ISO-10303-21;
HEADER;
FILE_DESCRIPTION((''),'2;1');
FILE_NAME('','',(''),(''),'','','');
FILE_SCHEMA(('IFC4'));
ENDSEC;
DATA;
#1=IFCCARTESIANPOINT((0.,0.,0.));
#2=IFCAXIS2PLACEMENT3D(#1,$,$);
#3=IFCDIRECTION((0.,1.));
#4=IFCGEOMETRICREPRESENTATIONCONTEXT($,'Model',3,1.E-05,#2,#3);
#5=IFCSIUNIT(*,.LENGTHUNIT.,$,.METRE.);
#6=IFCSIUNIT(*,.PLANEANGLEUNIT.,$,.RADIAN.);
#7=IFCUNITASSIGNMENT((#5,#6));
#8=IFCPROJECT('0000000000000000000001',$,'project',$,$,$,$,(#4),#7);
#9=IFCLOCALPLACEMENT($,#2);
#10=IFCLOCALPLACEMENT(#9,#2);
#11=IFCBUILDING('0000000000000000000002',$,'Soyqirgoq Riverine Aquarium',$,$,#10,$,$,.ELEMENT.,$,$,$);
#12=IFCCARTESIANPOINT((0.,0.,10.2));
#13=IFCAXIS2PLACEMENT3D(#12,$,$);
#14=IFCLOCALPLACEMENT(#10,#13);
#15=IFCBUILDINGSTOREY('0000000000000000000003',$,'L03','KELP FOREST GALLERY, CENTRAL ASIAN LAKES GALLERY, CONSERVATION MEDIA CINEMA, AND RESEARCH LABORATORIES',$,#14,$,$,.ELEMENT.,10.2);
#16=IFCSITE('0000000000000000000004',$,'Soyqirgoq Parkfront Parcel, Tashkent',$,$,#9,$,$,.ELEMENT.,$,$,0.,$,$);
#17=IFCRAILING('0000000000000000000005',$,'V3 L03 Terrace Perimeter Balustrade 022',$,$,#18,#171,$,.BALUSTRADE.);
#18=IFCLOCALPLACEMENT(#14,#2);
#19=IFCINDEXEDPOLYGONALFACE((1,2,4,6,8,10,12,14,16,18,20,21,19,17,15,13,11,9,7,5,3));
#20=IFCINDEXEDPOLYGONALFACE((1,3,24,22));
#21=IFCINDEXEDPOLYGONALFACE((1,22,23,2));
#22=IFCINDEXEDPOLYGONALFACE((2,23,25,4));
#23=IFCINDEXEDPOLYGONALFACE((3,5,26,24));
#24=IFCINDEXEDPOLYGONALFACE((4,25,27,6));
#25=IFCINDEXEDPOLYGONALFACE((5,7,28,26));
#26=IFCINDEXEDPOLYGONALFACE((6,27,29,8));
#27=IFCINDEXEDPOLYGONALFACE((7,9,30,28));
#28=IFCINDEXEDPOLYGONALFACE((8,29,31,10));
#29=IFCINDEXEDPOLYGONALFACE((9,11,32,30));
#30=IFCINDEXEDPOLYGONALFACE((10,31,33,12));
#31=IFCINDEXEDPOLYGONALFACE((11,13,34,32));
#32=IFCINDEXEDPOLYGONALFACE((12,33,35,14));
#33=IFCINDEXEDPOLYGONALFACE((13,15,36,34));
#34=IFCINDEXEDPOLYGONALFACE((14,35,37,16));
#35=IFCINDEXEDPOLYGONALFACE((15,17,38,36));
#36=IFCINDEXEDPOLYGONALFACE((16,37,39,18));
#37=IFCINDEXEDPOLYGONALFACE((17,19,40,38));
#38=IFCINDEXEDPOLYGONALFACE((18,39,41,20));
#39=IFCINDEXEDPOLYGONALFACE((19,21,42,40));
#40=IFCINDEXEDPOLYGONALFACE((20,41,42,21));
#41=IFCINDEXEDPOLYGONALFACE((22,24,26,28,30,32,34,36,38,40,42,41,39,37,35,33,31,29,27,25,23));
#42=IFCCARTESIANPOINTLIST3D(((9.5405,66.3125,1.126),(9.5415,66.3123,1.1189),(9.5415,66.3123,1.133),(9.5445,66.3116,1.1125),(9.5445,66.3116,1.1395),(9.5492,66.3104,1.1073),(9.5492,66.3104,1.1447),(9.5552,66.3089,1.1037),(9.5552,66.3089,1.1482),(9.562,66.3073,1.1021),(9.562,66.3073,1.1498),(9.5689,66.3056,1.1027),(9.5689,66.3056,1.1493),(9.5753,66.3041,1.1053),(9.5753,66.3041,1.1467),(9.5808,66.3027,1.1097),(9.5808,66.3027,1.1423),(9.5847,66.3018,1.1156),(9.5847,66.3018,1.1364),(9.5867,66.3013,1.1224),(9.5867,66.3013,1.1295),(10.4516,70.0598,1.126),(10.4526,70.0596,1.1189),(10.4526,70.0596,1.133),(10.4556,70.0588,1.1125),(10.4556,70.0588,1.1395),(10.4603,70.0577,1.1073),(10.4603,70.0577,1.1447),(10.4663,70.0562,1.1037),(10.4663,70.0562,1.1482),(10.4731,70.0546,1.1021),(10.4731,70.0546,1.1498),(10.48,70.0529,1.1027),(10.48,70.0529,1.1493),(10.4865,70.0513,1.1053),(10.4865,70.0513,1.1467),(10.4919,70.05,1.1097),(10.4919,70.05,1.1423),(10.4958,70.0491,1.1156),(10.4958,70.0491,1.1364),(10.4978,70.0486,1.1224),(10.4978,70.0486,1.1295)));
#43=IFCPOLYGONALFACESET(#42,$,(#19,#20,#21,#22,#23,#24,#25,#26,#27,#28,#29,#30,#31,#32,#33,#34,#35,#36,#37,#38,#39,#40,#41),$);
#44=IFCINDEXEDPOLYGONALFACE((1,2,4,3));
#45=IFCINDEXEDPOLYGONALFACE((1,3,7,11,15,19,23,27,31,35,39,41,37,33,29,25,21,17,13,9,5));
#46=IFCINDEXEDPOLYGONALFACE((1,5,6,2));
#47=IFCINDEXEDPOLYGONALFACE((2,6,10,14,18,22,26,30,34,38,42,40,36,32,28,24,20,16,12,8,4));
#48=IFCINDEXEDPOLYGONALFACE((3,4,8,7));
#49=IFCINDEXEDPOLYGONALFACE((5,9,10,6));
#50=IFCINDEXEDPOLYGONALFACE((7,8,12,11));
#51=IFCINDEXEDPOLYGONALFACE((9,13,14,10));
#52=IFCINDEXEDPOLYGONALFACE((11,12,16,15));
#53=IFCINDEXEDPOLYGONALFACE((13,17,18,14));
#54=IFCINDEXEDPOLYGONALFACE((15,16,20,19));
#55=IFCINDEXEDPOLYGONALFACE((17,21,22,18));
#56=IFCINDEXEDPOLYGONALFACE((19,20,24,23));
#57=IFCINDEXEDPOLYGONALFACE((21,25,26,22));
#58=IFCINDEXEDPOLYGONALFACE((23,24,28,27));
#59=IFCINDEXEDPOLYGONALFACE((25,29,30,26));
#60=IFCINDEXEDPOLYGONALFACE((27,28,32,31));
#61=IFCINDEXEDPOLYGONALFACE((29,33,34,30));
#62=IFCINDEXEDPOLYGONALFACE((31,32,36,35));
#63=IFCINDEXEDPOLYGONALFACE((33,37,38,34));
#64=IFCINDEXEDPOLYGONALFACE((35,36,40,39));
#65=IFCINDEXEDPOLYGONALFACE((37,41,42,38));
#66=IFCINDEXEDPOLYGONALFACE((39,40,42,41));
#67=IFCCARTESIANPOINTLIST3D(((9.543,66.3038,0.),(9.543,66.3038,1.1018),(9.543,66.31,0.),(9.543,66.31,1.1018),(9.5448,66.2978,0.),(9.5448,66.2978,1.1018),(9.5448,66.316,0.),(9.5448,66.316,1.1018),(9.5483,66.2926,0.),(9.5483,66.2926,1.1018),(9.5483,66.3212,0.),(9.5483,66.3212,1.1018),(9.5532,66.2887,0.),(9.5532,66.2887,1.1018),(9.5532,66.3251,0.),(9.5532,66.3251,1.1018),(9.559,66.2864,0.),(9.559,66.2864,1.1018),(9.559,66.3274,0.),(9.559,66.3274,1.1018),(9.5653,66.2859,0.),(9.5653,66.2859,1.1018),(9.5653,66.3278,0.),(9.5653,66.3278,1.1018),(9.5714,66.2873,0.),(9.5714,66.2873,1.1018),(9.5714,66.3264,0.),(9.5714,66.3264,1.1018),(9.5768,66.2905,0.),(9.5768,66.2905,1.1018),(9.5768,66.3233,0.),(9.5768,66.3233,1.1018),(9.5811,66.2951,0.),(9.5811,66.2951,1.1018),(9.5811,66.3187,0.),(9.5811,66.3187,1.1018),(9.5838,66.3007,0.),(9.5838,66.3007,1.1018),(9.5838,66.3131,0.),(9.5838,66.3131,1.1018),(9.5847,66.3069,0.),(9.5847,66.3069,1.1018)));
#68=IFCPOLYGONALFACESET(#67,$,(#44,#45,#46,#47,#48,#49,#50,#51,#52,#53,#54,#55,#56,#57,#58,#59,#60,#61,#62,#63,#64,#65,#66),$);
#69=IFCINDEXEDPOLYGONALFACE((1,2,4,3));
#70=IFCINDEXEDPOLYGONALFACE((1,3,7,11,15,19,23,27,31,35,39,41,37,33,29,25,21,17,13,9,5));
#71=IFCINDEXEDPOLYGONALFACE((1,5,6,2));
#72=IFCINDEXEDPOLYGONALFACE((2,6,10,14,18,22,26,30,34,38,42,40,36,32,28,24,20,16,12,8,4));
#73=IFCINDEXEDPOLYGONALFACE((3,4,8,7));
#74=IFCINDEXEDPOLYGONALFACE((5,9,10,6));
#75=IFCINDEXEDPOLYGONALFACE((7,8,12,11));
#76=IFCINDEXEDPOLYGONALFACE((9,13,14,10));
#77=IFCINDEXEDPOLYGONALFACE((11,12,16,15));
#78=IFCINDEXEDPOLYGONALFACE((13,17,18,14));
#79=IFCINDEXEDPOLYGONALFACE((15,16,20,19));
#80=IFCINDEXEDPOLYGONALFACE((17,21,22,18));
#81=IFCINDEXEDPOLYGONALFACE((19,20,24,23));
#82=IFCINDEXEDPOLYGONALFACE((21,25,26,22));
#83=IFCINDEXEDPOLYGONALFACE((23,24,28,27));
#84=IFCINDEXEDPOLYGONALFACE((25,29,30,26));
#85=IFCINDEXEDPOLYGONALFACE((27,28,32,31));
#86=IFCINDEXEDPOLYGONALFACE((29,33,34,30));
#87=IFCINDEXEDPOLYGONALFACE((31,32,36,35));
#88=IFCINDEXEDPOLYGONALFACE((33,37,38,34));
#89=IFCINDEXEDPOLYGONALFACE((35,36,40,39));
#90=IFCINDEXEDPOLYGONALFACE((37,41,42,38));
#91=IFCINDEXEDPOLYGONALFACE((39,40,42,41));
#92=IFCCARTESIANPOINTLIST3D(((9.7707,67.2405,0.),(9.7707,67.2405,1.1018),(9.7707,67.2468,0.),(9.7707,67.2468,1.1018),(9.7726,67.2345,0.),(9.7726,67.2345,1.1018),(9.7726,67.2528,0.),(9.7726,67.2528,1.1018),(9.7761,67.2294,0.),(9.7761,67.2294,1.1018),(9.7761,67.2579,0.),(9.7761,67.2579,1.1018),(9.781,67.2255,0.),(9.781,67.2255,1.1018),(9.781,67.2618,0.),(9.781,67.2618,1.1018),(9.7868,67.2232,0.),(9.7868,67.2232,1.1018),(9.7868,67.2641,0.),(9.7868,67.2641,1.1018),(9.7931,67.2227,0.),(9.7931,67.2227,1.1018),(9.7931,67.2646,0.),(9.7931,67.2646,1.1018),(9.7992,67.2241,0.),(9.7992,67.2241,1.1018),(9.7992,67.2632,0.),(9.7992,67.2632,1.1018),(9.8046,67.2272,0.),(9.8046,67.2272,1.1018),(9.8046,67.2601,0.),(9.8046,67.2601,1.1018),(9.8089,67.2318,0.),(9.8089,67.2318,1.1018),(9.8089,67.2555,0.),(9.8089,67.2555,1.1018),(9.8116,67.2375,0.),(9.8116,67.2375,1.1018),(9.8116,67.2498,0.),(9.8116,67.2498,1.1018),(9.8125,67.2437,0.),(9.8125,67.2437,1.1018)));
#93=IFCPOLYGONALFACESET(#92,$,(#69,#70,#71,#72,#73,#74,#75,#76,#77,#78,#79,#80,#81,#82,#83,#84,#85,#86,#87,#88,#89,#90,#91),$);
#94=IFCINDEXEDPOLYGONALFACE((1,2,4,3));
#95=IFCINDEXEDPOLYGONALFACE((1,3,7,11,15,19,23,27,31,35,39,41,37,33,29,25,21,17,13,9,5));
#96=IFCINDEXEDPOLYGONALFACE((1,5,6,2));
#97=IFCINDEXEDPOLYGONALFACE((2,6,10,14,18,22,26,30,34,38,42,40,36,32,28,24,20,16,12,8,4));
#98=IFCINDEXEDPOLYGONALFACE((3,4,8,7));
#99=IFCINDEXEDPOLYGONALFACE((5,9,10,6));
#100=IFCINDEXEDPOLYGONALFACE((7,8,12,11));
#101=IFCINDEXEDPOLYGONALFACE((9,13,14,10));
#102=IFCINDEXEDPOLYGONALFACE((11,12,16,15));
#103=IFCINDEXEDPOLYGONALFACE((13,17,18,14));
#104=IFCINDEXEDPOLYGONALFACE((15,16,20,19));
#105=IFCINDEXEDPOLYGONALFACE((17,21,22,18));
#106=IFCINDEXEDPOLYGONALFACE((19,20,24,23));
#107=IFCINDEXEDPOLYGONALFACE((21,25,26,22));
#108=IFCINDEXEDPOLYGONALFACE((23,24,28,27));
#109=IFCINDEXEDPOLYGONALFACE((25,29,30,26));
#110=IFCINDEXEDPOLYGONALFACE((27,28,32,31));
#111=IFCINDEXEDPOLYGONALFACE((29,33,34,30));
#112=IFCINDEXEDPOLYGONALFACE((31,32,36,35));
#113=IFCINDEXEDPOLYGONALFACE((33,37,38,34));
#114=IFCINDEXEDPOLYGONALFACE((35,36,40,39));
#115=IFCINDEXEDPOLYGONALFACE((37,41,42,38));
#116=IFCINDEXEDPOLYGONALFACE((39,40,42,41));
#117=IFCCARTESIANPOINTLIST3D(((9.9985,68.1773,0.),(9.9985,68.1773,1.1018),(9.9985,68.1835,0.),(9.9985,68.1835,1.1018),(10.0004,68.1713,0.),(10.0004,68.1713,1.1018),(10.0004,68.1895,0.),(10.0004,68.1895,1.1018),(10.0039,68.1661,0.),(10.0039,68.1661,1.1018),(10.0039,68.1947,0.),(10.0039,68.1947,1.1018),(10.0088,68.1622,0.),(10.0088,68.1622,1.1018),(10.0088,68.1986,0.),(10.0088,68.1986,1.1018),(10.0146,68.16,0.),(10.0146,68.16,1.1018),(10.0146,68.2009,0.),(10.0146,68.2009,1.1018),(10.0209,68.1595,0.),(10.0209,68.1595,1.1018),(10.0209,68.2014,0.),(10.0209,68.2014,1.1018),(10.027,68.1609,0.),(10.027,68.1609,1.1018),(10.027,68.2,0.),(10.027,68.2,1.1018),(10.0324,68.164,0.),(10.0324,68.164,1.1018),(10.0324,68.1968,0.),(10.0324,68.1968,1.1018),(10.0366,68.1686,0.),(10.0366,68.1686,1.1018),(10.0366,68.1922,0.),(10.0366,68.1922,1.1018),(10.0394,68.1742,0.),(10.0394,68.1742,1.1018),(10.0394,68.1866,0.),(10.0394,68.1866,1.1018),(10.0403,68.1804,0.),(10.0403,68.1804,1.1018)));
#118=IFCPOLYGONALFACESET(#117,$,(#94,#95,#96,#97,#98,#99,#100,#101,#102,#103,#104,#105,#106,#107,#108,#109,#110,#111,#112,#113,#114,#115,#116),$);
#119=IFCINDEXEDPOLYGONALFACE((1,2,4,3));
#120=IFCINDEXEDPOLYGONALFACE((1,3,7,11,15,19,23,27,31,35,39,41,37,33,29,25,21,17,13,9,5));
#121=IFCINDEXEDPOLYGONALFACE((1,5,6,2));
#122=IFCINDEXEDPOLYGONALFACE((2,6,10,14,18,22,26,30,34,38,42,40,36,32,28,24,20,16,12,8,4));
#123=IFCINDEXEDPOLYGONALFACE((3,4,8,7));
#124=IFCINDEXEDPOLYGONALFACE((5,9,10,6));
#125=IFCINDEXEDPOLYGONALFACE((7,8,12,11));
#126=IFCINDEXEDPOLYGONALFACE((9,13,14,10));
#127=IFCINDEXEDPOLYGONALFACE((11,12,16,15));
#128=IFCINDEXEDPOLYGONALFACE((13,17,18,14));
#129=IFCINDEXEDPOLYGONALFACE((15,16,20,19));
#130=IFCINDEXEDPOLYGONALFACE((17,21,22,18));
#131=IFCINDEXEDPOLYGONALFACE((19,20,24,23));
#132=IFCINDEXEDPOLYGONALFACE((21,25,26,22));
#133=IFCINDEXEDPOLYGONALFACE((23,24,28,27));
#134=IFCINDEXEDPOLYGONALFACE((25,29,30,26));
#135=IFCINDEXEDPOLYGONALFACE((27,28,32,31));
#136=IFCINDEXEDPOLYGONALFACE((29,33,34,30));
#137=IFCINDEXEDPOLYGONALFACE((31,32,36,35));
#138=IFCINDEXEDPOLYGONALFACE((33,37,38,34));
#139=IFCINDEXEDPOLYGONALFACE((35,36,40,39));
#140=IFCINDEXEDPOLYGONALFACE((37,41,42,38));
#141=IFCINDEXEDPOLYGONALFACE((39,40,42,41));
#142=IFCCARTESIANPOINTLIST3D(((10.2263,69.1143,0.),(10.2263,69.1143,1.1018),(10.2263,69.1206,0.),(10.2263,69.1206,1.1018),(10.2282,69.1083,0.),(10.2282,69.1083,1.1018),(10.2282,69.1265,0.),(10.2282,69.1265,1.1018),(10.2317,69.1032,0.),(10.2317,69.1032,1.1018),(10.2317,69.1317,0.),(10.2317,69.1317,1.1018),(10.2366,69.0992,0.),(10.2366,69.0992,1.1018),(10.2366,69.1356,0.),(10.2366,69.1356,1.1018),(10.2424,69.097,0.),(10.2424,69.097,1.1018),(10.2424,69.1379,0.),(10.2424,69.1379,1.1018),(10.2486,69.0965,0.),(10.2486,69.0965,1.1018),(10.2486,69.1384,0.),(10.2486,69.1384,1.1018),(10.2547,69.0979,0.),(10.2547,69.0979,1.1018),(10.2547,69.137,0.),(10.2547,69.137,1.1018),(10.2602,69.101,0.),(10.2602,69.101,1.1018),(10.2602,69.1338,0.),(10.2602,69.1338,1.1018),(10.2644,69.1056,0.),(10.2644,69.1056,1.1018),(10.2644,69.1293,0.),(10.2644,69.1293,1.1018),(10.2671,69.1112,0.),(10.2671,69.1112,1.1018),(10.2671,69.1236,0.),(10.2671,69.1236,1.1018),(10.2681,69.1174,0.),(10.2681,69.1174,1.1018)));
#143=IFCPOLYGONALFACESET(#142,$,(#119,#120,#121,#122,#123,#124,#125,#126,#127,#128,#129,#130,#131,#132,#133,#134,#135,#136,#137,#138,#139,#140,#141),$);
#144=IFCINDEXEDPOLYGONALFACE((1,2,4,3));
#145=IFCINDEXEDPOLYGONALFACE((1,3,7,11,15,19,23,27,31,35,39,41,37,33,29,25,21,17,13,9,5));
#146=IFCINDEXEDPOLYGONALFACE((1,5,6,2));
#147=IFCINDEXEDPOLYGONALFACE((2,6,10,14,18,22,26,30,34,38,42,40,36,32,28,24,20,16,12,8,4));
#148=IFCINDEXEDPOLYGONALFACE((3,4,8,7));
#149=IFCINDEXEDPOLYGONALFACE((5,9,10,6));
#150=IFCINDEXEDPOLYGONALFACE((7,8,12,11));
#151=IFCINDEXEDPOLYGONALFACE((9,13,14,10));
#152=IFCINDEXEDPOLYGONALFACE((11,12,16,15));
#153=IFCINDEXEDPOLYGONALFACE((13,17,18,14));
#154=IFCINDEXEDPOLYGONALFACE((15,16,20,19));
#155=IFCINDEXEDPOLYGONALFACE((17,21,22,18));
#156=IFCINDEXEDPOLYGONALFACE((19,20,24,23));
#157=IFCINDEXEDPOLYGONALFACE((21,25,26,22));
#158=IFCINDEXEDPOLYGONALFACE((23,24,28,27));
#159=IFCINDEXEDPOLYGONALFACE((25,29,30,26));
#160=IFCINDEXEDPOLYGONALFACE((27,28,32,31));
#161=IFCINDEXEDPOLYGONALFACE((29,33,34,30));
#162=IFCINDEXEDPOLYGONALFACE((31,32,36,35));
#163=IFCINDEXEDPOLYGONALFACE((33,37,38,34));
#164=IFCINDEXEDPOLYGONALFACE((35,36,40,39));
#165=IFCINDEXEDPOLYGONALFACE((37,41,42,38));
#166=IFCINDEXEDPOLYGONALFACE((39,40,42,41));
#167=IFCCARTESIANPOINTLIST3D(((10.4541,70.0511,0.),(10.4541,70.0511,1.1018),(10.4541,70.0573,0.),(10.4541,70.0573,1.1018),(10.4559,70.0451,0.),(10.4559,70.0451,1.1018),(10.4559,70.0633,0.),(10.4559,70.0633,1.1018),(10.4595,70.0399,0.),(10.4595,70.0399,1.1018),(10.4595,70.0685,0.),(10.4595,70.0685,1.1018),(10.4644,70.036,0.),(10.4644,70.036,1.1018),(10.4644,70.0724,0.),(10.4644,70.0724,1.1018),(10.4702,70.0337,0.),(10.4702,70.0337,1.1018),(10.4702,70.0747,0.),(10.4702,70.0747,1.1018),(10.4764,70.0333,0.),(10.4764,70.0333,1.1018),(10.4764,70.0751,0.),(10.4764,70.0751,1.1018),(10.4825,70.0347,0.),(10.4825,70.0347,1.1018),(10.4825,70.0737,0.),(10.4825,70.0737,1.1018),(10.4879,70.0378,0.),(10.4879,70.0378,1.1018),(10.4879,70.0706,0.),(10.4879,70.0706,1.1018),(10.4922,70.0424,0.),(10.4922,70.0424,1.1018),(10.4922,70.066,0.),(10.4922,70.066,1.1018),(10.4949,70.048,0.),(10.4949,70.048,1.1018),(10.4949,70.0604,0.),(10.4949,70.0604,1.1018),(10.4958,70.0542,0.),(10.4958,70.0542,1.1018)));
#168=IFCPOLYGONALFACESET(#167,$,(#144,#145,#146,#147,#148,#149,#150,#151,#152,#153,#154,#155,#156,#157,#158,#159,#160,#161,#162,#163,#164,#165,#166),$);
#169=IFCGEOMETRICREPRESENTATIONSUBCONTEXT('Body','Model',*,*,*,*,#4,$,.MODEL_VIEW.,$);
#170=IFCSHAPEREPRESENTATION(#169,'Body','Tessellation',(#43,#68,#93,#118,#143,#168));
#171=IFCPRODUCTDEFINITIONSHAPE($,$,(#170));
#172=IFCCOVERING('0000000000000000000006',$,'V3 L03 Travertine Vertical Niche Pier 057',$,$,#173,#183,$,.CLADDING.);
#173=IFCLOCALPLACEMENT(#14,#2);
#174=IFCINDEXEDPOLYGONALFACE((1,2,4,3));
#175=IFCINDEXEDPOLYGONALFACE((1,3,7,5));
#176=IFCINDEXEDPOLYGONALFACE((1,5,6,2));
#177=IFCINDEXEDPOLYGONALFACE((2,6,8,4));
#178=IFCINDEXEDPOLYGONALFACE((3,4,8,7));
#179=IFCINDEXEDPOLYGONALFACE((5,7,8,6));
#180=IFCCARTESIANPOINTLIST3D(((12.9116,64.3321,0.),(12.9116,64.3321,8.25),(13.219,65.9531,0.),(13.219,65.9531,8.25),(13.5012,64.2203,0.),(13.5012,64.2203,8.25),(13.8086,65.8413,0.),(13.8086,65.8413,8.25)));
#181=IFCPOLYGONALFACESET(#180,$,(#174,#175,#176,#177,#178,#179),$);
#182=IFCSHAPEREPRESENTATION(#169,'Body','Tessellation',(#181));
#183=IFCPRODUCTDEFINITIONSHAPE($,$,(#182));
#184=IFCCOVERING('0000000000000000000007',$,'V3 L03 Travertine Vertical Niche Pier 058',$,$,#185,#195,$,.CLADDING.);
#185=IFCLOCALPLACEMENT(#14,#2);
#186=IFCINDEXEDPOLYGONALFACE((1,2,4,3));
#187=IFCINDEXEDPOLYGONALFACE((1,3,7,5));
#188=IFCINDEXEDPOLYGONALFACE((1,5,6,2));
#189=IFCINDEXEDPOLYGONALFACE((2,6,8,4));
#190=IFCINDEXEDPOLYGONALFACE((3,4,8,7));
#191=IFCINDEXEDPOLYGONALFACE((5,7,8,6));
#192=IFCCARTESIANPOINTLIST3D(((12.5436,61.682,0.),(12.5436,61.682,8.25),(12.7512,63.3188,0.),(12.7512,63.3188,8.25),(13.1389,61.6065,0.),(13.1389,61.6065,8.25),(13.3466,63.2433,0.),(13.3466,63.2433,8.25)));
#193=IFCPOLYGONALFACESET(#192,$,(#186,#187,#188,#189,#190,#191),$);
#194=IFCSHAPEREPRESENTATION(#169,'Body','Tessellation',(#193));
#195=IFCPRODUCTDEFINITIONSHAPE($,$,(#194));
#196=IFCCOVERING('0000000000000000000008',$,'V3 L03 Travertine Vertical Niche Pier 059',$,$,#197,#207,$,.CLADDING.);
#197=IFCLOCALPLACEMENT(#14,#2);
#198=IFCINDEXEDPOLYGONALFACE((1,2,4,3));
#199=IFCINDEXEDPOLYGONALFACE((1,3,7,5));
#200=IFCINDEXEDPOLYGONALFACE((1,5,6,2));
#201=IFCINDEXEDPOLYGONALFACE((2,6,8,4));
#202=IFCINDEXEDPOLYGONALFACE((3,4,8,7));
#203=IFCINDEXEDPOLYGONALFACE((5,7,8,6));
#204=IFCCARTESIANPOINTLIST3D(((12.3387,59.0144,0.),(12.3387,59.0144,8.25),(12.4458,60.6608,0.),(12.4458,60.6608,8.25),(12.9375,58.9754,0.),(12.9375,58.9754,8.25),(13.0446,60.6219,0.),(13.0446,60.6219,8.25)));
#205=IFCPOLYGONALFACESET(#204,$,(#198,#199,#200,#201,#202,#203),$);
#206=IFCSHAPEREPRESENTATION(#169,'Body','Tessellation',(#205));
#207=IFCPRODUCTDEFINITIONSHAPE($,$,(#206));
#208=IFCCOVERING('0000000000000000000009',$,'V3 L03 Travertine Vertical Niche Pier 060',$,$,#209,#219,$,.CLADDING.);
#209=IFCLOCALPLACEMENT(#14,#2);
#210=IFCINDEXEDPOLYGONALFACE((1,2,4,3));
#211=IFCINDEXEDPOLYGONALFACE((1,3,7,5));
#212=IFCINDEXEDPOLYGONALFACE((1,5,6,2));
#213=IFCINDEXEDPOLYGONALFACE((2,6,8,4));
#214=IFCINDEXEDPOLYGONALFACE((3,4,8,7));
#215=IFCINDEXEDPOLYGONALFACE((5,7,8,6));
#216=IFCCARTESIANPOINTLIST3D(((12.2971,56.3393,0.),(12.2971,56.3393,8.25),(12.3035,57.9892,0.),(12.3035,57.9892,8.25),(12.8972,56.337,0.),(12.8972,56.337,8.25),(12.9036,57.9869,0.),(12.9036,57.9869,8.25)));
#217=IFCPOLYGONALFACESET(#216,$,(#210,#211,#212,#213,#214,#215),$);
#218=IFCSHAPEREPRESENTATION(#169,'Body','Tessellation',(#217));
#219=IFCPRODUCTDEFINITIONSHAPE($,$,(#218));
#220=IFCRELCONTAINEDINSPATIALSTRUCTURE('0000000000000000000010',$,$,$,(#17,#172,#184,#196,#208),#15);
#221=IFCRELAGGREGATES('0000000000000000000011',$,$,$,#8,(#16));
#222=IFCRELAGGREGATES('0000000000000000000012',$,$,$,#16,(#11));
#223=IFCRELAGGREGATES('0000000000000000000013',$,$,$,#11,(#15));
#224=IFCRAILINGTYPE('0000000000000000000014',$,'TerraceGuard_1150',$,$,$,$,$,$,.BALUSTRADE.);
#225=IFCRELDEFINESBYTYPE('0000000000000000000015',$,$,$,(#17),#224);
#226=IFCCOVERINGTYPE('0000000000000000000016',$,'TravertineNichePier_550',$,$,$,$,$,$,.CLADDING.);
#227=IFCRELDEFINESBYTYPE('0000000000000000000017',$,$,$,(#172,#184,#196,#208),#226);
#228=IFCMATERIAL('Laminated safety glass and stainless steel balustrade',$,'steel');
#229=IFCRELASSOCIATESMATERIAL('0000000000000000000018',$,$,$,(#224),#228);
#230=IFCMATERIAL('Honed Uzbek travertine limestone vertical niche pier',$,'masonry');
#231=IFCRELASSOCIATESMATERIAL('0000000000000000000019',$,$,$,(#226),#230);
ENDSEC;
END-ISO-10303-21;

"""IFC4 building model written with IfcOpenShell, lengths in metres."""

from ifc_helpers import new_model, si_unit, direction, frame, origin, origin_2d, place, context, subcontext, project, spatial, rectangle, circle, extrude, material, type_object, element, save


model = new_model("IFC4")

# Units and contexts
model_context = context("Model", 3, precision=1e-05, world=origin(), true_north=direction((0.0, 1.0)))
body_context = subcontext(model_context, "Body", "Model", "MODEL_VIEW")
ifc_project = project(units=[si_unit("LENGTHUNIT", "METRE"), si_unit("PLANEANGLEUNIT", "RADIAN")], contexts=[model_context])

# Site, building, storey
site_placement = place(None, origin())
site = spatial("IfcSite", under=ifc_project, at=site_placement, Name="Soyqirgoq Parkfront Parcel, Tashkent", CompositionType="ELEMENT", RefElevation=0.0)
building_placement = place(site_placement, origin())
building = spatial("IfcBuilding", under=site, at=building_placement, Name="Soyqirgoq Riverine Aquarium", CompositionType="ELEMENT")
storey_placement = place(building_placement, frame((0.0, 0.0, 10.2)))
storey = spatial("IfcBuildingStorey", under=building, at=storey_placement, Name="L03", Description="KELP FOREST GALLERY, CENTRAL ASIAN LAKES GALLERY, CONSERVATION MEDIA CINEMA, AND RESEARCH LABORATORIES", CompositionType="ELEMENT", Elevation=10.2)

# Railing
ifc_material_1 = material(Name="Laminated safety glass and stainless steel balustrade", Category="steel")
railing_type = type_object("IfcRailingType", Name="TerraceGuard_1150", PredefinedType="BALUSTRADE", material=ifc_material_1)
railing_1_placement = place(storey_placement, frame((9.5637, 66.3069, 0.0)))
element("IfcRailing", 1, at=railing_1_placement, inside=storey, type_object=railing_type, Name="V3 L03 Terrace Perimeter Balustrade 022", PredefinedType="BALUSTRADE", context=body_context, shape_type="SweptSolid", body=[
    extrude(circle(Radius=0.0239, at=origin_2d()), frame((0.0, 0.0, 1.126), z_axis=(0.23626, 0.97169, 0.0), x_axis=(-0.97169, 0.23626, 0.0)), (0.0, 0.0, 1.0), 3.8564),
    extrude(circle(Radius=0.021, at=origin_2d()), origin(), (0.0, 0.0, 1.0), 1.1018),
    extrude(circle(Radius=0.021, at=origin_2d()), frame((0.2278, 0.9368, 0.0)), (0.0, 0.0, 1.0), 1.1018),
    extrude(circle(Radius=0.021, at=origin_2d()), frame((0.4556, 1.8735, 0.0)), (0.0, 0.0, 1.0), 1.1018),
    extrude(circle(Radius=0.021, at=origin_2d()), frame((0.6833, 2.8105, 0.0)), (0.0, 0.0, 1.0), 1.1018),
    extrude(circle(Radius=0.021, at=origin_2d()), frame((0.9111, 3.7473, 0.0)), (0.0, 0.0, 1.0), 1.1018),
])

# Coverings
ifc_material_2 = material(Name="Honed Uzbek travertine limestone vertical niche pier", Category="masonry")
covering_type = type_object("IfcCoveringType", Name="TravertineNichePier_550", PredefinedType="CLADDING", material=ifc_material_2)
for number, where, z_axis, x_axis, name in (
    (2, (13.3601, 65.0867, 0.0), (0.0, 0.0, 1.0), (-0.982483, 0.186353, 0.0), "V3 L03 Travertine Vertical Niche Pier 057"),
    (3, (12.9451, 62.4626, 0.0), (0.0, 0.0, 1.0), (-0.992049, 0.125853, 0.0), "V3 L03 Travertine Vertical Niche Pier 058"),
    (4, (12.6917, 59.8181, 0.0), (0.0, 0.0, 1.0), (-0.997893, 0.064881, 0.0), "V3 L03 Travertine Vertical Niche Pier 059"),
    (5, (12.6003, 57.1631, 0.0), (0.0, 0.0, 1.0), (-0.999993, 0.00384, 0.0), "V3 L03 Travertine Vertical Niche Pier 060"),
):
    element("IfcCovering", number, at=place(storey_placement, frame(where, z_axis=z_axis, x_axis=x_axis)), inside=storey, type_object=covering_type, Name=name, PredefinedType="CLADDING", context=body_context, shape_type="SweptSolid", body=[
        extrude(rectangle(XDim=0.6001, YDim=1.6499, at=origin_2d()), origin(), (0.0, 0.0, 1.0), 8.25),
    ])

save(model, "model.ifc")
